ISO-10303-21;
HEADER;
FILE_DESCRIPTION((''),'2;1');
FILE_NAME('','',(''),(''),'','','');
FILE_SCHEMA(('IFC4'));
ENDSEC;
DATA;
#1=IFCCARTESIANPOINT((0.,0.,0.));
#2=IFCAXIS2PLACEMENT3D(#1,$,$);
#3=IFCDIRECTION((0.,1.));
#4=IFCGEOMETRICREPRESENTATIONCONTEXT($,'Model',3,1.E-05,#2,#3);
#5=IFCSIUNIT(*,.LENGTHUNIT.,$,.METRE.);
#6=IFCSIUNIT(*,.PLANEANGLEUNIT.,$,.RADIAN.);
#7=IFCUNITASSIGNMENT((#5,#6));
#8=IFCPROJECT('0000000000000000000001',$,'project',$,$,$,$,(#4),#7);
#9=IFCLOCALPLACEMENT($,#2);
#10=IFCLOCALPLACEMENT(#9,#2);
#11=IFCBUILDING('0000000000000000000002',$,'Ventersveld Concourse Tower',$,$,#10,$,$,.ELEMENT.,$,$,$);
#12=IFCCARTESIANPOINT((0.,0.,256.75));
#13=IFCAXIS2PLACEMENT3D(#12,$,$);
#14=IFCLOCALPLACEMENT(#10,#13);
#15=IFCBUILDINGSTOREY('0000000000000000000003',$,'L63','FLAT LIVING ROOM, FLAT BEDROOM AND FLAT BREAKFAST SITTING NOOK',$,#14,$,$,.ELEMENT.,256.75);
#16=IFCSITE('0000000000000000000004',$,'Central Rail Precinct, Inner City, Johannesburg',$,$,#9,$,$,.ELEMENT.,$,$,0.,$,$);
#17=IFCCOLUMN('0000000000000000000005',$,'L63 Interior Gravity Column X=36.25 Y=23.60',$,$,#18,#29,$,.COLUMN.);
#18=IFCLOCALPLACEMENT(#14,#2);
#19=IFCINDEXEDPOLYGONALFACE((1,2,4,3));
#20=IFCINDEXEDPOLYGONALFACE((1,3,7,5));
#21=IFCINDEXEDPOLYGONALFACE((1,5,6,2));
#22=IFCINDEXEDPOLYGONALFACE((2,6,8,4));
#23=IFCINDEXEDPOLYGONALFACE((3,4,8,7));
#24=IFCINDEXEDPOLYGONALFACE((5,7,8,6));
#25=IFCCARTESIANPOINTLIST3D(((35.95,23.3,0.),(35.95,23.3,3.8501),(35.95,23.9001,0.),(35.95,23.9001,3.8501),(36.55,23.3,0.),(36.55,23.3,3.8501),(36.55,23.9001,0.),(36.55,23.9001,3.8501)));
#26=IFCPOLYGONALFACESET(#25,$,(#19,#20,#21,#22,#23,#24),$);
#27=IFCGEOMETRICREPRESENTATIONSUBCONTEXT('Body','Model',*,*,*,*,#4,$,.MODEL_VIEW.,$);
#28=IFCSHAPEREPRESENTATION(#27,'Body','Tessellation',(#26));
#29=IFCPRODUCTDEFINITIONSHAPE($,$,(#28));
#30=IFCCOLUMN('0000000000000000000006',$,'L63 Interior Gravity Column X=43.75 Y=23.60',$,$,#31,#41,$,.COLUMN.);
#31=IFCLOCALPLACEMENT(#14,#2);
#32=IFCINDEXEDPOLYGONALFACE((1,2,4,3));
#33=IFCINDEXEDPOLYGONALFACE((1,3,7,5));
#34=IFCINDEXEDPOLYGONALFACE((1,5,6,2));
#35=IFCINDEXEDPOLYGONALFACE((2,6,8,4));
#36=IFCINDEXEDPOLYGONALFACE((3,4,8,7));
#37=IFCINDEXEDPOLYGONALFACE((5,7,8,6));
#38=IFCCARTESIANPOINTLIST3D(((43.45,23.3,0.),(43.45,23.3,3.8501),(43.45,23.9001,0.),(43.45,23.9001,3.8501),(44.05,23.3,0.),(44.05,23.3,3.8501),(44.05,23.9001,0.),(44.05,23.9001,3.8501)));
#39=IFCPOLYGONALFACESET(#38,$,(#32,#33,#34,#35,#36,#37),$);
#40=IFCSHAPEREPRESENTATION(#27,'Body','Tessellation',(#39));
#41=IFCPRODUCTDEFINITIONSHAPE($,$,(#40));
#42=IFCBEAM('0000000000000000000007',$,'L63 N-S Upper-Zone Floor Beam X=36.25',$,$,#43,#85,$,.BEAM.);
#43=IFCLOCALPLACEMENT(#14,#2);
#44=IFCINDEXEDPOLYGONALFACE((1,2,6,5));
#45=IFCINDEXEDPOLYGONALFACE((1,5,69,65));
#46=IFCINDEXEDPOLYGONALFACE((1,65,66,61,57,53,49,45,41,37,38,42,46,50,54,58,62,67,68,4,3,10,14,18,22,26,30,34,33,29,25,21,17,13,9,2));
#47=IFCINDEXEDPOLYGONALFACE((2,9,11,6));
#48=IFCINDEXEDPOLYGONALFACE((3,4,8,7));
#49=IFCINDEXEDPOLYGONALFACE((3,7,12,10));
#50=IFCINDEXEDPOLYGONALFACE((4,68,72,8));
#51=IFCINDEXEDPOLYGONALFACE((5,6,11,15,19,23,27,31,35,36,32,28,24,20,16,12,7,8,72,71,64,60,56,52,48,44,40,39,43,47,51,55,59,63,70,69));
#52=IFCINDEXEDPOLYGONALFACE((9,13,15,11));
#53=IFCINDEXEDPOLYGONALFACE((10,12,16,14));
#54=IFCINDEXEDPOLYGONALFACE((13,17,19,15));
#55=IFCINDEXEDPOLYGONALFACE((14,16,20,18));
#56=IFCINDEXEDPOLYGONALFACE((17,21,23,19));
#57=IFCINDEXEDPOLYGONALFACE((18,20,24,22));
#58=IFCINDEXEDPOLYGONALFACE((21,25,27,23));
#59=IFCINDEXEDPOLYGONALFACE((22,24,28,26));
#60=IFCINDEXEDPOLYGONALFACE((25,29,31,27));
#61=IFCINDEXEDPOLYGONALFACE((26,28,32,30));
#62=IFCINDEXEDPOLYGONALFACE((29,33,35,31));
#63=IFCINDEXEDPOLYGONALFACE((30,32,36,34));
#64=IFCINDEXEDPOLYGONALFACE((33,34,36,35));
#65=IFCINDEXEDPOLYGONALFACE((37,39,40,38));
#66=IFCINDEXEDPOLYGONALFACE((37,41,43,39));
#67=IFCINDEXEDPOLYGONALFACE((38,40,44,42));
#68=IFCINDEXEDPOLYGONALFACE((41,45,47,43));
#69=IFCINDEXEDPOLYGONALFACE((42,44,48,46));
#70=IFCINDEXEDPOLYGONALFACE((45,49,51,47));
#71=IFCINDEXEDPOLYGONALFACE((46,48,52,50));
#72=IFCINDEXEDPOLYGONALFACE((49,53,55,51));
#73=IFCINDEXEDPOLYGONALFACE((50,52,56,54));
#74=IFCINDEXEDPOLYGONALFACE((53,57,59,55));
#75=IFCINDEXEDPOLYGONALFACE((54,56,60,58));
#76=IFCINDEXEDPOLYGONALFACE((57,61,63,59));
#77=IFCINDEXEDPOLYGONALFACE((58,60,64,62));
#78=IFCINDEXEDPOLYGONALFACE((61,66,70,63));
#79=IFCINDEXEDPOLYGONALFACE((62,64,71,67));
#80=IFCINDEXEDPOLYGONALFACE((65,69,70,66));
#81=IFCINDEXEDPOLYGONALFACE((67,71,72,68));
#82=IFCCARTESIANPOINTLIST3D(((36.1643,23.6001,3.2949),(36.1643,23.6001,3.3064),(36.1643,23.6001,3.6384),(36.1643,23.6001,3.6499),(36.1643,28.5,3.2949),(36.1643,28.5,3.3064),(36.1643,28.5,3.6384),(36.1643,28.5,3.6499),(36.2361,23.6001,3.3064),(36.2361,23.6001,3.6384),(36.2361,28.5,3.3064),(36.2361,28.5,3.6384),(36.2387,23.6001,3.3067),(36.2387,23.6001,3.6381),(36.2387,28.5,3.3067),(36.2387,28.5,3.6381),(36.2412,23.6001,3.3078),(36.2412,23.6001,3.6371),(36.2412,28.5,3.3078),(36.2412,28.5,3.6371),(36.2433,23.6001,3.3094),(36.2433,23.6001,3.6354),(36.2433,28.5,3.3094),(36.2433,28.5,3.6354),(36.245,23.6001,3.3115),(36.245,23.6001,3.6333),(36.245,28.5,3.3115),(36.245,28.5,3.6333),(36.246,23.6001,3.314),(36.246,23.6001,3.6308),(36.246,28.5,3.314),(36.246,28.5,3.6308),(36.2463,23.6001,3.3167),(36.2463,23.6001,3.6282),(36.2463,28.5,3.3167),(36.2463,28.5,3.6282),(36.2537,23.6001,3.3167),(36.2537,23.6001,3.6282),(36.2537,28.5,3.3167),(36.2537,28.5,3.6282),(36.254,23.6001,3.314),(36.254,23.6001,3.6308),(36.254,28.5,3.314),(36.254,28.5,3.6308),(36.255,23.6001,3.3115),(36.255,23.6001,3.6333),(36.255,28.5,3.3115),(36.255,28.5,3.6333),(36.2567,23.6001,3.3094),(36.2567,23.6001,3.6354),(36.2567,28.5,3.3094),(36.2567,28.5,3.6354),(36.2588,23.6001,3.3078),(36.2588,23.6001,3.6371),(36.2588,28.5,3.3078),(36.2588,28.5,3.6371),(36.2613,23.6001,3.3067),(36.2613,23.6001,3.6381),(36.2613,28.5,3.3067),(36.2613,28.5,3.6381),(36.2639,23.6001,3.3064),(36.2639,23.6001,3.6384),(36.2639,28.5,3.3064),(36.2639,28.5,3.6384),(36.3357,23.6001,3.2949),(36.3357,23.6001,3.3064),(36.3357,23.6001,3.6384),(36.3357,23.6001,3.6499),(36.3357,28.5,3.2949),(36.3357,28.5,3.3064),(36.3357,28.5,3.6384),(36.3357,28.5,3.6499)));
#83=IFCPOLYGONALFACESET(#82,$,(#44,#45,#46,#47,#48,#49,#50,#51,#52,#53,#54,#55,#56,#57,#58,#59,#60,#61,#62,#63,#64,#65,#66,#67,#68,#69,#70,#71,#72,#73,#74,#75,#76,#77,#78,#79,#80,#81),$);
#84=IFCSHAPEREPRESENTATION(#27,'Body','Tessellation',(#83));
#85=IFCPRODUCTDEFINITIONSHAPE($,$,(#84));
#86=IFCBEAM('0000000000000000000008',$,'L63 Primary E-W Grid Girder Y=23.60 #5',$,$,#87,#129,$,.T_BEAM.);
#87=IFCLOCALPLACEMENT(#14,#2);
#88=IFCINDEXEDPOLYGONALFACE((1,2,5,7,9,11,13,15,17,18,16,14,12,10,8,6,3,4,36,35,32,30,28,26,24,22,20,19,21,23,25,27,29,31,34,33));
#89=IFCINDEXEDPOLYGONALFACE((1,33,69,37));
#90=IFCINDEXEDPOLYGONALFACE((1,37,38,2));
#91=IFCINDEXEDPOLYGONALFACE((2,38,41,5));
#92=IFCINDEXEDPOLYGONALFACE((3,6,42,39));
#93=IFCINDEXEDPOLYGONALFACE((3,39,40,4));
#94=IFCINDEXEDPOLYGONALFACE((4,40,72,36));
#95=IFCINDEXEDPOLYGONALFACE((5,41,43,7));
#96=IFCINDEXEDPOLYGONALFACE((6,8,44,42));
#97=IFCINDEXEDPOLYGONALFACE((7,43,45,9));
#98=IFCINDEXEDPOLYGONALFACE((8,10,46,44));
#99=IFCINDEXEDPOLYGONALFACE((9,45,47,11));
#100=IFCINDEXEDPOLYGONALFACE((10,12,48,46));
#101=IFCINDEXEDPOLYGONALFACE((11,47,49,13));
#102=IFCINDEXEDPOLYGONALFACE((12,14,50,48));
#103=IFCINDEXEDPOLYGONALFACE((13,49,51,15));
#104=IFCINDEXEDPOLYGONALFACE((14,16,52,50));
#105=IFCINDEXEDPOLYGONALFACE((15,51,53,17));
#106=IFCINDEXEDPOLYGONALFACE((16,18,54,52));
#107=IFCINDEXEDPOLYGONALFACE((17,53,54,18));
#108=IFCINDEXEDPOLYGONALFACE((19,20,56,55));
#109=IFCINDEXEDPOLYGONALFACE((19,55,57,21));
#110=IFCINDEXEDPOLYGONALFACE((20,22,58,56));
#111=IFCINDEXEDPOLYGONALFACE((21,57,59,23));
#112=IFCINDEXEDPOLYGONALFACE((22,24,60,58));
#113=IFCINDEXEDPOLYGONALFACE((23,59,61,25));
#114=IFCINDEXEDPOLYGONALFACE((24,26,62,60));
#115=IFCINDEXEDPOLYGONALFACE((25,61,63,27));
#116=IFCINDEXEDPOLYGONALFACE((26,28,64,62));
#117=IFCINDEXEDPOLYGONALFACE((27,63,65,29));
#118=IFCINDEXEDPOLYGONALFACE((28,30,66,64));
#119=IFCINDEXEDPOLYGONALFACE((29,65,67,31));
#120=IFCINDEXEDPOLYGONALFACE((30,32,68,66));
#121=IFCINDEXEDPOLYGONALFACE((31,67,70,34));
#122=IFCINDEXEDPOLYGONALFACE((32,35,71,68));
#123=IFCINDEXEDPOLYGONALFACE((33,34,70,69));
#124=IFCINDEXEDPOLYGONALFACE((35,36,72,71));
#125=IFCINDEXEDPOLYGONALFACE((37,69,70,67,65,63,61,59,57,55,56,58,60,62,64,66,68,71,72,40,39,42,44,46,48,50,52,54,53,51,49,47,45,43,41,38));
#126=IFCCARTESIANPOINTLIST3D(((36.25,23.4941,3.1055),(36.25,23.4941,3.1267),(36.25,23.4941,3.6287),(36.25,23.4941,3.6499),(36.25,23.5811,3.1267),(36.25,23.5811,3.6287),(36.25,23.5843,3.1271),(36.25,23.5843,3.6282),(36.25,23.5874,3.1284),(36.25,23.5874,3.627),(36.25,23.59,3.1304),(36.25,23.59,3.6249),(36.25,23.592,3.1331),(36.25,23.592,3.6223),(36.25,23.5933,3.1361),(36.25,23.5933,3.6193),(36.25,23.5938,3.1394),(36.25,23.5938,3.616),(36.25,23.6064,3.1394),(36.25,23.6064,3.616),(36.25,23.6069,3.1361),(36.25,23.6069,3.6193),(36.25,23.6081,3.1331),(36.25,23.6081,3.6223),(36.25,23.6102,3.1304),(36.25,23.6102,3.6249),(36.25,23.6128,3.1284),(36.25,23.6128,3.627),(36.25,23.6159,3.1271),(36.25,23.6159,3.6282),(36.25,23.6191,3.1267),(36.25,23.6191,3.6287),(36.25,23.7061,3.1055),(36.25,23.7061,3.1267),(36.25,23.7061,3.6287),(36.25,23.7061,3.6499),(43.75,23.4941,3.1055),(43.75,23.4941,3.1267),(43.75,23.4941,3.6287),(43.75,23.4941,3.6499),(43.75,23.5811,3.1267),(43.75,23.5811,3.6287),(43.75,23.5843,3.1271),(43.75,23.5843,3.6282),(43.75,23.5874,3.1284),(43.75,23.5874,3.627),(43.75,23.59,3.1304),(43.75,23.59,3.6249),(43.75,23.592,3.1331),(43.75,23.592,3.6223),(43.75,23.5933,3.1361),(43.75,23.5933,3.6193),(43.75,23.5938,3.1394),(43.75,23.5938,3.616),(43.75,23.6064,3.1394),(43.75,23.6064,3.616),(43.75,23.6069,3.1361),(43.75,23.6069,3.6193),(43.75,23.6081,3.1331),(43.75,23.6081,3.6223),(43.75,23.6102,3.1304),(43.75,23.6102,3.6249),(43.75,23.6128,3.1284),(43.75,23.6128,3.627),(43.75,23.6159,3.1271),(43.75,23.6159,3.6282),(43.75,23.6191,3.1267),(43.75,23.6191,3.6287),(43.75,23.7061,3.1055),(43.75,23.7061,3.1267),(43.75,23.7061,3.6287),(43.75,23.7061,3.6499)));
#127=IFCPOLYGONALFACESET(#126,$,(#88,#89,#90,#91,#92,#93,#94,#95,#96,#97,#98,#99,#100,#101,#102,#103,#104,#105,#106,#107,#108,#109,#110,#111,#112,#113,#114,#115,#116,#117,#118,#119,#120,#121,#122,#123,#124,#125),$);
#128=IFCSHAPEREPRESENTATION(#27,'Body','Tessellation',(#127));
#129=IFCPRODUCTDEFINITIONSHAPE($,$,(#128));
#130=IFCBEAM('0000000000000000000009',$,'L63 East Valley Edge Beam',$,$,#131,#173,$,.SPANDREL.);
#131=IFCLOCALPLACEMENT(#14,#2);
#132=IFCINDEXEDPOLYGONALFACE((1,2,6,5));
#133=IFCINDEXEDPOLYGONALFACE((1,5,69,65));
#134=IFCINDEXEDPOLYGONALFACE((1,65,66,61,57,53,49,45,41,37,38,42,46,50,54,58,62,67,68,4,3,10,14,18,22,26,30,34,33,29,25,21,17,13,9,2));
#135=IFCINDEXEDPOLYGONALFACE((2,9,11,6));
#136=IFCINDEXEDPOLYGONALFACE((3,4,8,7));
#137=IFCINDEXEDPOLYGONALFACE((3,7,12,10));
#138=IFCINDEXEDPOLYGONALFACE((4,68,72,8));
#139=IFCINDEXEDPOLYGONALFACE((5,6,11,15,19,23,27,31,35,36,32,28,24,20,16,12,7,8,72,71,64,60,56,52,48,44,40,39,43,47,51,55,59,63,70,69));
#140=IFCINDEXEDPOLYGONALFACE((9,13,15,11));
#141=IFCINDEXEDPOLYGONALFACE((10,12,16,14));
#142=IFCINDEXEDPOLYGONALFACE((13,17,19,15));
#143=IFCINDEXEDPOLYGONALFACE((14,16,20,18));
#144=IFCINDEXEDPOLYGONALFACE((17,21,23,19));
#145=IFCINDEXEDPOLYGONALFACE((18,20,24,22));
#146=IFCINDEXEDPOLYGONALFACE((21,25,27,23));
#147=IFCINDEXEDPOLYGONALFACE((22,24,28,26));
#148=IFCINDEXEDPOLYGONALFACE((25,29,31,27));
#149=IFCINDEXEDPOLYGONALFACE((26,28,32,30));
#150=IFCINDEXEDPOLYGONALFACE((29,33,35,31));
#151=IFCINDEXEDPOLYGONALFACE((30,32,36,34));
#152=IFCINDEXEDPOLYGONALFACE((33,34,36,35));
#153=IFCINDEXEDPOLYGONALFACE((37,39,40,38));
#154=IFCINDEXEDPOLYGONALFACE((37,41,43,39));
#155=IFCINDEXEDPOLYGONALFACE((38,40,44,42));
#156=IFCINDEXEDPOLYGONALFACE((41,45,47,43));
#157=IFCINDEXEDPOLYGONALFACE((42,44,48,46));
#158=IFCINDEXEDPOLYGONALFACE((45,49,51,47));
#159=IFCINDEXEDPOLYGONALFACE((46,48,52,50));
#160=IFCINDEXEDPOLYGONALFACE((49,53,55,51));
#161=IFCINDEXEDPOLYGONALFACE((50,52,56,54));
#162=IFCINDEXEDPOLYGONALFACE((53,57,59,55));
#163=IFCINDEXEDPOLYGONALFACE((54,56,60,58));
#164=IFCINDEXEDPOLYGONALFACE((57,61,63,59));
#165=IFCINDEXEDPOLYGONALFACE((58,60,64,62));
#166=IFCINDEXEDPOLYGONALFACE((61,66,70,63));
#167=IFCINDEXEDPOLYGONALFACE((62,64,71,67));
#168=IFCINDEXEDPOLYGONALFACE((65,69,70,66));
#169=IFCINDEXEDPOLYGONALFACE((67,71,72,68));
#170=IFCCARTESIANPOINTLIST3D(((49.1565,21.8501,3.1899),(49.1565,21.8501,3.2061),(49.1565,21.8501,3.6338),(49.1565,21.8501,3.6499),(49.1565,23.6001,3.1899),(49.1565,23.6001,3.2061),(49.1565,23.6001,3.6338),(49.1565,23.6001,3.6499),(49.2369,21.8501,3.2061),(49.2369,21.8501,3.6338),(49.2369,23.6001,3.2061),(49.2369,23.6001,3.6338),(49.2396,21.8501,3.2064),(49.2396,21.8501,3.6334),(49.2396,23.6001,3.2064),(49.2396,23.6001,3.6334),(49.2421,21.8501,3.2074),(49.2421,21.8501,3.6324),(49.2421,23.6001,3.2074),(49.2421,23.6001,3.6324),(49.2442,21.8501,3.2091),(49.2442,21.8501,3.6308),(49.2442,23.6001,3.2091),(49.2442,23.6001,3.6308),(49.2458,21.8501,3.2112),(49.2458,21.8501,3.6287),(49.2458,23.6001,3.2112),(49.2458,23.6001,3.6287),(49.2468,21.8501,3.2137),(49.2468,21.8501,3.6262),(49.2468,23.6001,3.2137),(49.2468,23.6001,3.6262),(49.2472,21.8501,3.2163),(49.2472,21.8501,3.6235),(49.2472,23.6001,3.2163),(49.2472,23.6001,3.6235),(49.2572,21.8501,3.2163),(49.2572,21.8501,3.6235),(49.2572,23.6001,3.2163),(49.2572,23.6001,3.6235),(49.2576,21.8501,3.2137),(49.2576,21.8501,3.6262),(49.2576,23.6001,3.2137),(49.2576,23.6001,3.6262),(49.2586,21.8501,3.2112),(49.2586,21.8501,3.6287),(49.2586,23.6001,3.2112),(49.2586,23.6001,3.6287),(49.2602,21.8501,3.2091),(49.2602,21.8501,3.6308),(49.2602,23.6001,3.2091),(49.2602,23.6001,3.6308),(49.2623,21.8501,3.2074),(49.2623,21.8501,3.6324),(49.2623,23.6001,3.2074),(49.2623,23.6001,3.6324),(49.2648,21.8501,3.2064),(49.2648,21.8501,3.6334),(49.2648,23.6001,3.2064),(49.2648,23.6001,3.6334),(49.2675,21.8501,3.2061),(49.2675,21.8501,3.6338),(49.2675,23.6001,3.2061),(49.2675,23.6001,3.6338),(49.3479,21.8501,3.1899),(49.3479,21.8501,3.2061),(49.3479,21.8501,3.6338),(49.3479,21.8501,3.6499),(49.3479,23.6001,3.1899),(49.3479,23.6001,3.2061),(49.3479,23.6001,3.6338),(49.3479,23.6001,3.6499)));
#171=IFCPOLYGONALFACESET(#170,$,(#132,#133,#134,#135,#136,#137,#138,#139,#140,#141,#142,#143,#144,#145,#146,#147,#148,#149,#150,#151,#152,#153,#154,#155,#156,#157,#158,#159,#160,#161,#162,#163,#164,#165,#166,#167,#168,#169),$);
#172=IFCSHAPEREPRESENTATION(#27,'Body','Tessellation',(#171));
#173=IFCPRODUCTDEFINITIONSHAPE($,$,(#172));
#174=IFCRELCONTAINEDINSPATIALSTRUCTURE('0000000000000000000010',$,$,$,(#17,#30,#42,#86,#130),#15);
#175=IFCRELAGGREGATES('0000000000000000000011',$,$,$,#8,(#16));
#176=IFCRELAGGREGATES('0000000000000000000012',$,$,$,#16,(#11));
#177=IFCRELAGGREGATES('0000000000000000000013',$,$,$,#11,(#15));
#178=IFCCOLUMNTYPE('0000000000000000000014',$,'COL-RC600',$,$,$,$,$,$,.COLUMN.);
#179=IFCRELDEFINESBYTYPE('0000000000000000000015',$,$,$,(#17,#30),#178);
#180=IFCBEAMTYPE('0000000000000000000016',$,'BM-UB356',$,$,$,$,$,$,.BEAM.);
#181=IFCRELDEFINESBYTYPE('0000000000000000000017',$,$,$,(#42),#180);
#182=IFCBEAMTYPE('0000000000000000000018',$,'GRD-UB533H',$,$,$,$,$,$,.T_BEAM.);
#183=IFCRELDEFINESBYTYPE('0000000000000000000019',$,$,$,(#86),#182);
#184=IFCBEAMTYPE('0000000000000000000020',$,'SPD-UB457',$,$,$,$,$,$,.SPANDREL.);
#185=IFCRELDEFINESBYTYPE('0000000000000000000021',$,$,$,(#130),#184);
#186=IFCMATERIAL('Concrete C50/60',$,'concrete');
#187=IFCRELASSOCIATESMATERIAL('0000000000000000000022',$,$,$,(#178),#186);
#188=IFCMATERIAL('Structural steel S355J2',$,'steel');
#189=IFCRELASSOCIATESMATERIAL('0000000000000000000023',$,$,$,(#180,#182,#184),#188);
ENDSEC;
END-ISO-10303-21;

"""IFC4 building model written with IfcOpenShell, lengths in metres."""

from ifc_helpers import new_model, si_unit, direction, frame, origin, origin_2d, place, context, subcontext, project, spatial, rectangle, i_section, extrude, material, material_profile, profile_set, type_object, element, save


model = new_model("IFC4")

# Units and contexts
model_context = context("Model", 3, precision=1e-05, world=origin(), true_north=direction((0.0, 1.0)))
body_context = subcontext(model_context, "Body", "Model", "MODEL_VIEW")
ifc_project = project(units=[si_unit("LENGTHUNIT", "METRE"), si_unit("PLANEANGLEUNIT", "RADIAN")], contexts=[model_context])

# Site, building, storey
site_placement = place(None, origin())
site = spatial("IfcSite", under=ifc_project, at=site_placement, Name="Central Rail Precinct, Inner City, Johannesburg", CompositionType="ELEMENT", RefElevation=0.0)
building_placement = place(site_placement, origin())
building = spatial("IfcBuilding", under=site, at=building_placement, Name="Ventersveld Concourse Tower", CompositionType="ELEMENT")
storey_placement = place(building_placement, frame((0.0, 0.0, 256.75)))
storey = spatial("IfcBuildingStorey", under=building, at=storey_placement, Name="L63", Description="FLAT LIVING ROOM, FLAT BEDROOM AND FLAT BREAKFAST SITTING NOOK", CompositionType="ELEMENT", Elevation=256.75)

# Columns
ifc_material_1 = material(Name="Concrete C50/60", Category="concrete")
ifc_material_profile_1 = material_profile(ifc_material_1, rectangle(XDim=0.6001, YDim=0.6001, at=origin_2d()), Name="RC 600x600")
ifc_profile_set_1 = profile_set([ifc_material_profile_1], Name="Concrete C50/60")
column_type = type_object("IfcColumnType", Name="COL-RC600", PredefinedType="COLUMN", material=ifc_profile_set_1)
for number, where, z_axis, x_axis, name in (
    (1, (36.25, 23.6001, 0.0), (0.0, 0.0, 1.0), (1.0, 0.0, 0.0), "L63 Interior Gravity Column X=36.25 Y=23.60"),
    (2, (43.75, 23.6001, 0.0), (0.0, 0.0, 1.0), (1.0, 0.0, 0.0), "L63 Interior Gravity Column X=43.75 Y=23.60"),
):
    element("IfcColumn", number, at=place(storey_placement, frame(where, z_axis=z_axis, x_axis=x_axis)), inside=storey, type_object=column_type, Name=name, PredefinedType="COLUMN", context=body_context, shape_type="SweptSolid", body=[
        extrude(rectangle(XDim=0.6001, YDim=0.6001, at=origin_2d()), origin(), (0.0, 0.0, 1.0), 3.8501),
    ])

# Beams
ifc_material_2 = material(Name="Structural steel S355J2", Category="steel")
ifc_material_profile_2 = material_profile(ifc_material_2, i_section(OverallWidth=0.1714, OverallDepth=0.355, WebThickness=0.0073, FlangeThickness=0.0115, FilletRadius=0.0103, at=origin_2d()), Name="UB 356x171x51")
ifc_profile_set_2 = profile_set([ifc_material_profile_2], Name="Structural steel S355J2")
beam_type_1 = type_object("IfcBeamType", Name="BM-UB356", PredefinedType="BEAM", material=ifc_profile_set_2)
beam_1_placement = place(storey_placement, frame((36.25, 23.6001, 3.4724), z_axis=(0.0, 1.0, 0.0), x_axis=(-1.0, 0.0, 0.0)))
element("IfcBeam", 3, at=beam_1_placement, inside=storey, type_object=beam_type_1, Name="L63 N-S Upper-Zone Floor Beam X=36.25", PredefinedType="BEAM", context=body_context, shape_type="SweptSolid", body=[
    extrude(i_section(OverallWidth=0.1714, OverallDepth=0.355, WebThickness=0.0073, FlangeThickness=0.0115, FilletRadius=0.0103, at=origin_2d()), origin(), (0.0, 0.0, 1.0), 4.8999),
])
ifc_material_profile_3 = material_profile(ifc_material_2, i_section(OverallWidth=0.2119, OverallDepth=0.5444, WebThickness=0.0127, FlangeThickness=0.0212, FilletRadius=0.0127, at=origin_2d()), Name="UB 533x210x122")
ifc_profile_set_3 = profile_set([ifc_material_profile_3], Name="Structural steel S355J2")
beam_type_2 = type_object("IfcBeamType", Name="GRD-UB533H", PredefinedType="T_BEAM", material=ifc_profile_set_3)
beam_2_placement = place(storey_placement, frame((36.25, 23.6001, 3.3777), z_axis=(1.0, 0.0, 0.0), x_axis=(0.0, 1.0, 0.0)))
element("IfcBeam", 4, at=beam_2_placement, inside=storey, type_object=beam_type_2, Name="L63 Primary E-W Grid Girder Y=23.60 #5", PredefinedType="T_BEAM", context=body_context, shape_type="SweptSolid", body=[
    extrude(i_section(OverallWidth=0.2119, OverallDepth=0.5444, WebThickness=0.0127, FlangeThickness=0.0212, FilletRadius=0.0127, at=origin_2d()), origin(), (0.0, 0.0, 1.0), 7.5),
])
ifc_material_profile_4 = material_profile(ifc_material_2, i_section(OverallWidth=0.1914, OverallDepth=0.46, WebThickness=0.01, FlangeThickness=0.0161, FilletRadius=0.0103, at=origin_2d()), Name="UB 457x191x82")
ifc_profile_set_4 = profile_set([ifc_material_profile_4], Name="Structural steel S355J2")
beam_type_3 = type_object("IfcBeamType", Name="SPD-UB457", PredefinedType="SPANDREL", material=ifc_profile_set_4)
beam_3_placement = place(storey_placement, frame((49.2522, 21.8501, 3.4199), z_axis=(0.0, 1.0, 0.0), x_axis=(-1.0, 0.0, 0.0)))
element("IfcBeam", 5, at=beam_3_placement, inside=storey, type_object=beam_type_3, Name="L63 East Valley Edge Beam", PredefinedType="SPANDREL", context=body_context, shape_type="SweptSolid", body=[
    extrude(i_section(OverallWidth=0.1914, OverallDepth=0.46, WebThickness=0.01, FlangeThickness=0.0161, FilletRadius=0.0103, at=origin_2d()), origin(), (0.0, 0.0, 1.0), 1.75),
])

save(model, "model.ifc")
